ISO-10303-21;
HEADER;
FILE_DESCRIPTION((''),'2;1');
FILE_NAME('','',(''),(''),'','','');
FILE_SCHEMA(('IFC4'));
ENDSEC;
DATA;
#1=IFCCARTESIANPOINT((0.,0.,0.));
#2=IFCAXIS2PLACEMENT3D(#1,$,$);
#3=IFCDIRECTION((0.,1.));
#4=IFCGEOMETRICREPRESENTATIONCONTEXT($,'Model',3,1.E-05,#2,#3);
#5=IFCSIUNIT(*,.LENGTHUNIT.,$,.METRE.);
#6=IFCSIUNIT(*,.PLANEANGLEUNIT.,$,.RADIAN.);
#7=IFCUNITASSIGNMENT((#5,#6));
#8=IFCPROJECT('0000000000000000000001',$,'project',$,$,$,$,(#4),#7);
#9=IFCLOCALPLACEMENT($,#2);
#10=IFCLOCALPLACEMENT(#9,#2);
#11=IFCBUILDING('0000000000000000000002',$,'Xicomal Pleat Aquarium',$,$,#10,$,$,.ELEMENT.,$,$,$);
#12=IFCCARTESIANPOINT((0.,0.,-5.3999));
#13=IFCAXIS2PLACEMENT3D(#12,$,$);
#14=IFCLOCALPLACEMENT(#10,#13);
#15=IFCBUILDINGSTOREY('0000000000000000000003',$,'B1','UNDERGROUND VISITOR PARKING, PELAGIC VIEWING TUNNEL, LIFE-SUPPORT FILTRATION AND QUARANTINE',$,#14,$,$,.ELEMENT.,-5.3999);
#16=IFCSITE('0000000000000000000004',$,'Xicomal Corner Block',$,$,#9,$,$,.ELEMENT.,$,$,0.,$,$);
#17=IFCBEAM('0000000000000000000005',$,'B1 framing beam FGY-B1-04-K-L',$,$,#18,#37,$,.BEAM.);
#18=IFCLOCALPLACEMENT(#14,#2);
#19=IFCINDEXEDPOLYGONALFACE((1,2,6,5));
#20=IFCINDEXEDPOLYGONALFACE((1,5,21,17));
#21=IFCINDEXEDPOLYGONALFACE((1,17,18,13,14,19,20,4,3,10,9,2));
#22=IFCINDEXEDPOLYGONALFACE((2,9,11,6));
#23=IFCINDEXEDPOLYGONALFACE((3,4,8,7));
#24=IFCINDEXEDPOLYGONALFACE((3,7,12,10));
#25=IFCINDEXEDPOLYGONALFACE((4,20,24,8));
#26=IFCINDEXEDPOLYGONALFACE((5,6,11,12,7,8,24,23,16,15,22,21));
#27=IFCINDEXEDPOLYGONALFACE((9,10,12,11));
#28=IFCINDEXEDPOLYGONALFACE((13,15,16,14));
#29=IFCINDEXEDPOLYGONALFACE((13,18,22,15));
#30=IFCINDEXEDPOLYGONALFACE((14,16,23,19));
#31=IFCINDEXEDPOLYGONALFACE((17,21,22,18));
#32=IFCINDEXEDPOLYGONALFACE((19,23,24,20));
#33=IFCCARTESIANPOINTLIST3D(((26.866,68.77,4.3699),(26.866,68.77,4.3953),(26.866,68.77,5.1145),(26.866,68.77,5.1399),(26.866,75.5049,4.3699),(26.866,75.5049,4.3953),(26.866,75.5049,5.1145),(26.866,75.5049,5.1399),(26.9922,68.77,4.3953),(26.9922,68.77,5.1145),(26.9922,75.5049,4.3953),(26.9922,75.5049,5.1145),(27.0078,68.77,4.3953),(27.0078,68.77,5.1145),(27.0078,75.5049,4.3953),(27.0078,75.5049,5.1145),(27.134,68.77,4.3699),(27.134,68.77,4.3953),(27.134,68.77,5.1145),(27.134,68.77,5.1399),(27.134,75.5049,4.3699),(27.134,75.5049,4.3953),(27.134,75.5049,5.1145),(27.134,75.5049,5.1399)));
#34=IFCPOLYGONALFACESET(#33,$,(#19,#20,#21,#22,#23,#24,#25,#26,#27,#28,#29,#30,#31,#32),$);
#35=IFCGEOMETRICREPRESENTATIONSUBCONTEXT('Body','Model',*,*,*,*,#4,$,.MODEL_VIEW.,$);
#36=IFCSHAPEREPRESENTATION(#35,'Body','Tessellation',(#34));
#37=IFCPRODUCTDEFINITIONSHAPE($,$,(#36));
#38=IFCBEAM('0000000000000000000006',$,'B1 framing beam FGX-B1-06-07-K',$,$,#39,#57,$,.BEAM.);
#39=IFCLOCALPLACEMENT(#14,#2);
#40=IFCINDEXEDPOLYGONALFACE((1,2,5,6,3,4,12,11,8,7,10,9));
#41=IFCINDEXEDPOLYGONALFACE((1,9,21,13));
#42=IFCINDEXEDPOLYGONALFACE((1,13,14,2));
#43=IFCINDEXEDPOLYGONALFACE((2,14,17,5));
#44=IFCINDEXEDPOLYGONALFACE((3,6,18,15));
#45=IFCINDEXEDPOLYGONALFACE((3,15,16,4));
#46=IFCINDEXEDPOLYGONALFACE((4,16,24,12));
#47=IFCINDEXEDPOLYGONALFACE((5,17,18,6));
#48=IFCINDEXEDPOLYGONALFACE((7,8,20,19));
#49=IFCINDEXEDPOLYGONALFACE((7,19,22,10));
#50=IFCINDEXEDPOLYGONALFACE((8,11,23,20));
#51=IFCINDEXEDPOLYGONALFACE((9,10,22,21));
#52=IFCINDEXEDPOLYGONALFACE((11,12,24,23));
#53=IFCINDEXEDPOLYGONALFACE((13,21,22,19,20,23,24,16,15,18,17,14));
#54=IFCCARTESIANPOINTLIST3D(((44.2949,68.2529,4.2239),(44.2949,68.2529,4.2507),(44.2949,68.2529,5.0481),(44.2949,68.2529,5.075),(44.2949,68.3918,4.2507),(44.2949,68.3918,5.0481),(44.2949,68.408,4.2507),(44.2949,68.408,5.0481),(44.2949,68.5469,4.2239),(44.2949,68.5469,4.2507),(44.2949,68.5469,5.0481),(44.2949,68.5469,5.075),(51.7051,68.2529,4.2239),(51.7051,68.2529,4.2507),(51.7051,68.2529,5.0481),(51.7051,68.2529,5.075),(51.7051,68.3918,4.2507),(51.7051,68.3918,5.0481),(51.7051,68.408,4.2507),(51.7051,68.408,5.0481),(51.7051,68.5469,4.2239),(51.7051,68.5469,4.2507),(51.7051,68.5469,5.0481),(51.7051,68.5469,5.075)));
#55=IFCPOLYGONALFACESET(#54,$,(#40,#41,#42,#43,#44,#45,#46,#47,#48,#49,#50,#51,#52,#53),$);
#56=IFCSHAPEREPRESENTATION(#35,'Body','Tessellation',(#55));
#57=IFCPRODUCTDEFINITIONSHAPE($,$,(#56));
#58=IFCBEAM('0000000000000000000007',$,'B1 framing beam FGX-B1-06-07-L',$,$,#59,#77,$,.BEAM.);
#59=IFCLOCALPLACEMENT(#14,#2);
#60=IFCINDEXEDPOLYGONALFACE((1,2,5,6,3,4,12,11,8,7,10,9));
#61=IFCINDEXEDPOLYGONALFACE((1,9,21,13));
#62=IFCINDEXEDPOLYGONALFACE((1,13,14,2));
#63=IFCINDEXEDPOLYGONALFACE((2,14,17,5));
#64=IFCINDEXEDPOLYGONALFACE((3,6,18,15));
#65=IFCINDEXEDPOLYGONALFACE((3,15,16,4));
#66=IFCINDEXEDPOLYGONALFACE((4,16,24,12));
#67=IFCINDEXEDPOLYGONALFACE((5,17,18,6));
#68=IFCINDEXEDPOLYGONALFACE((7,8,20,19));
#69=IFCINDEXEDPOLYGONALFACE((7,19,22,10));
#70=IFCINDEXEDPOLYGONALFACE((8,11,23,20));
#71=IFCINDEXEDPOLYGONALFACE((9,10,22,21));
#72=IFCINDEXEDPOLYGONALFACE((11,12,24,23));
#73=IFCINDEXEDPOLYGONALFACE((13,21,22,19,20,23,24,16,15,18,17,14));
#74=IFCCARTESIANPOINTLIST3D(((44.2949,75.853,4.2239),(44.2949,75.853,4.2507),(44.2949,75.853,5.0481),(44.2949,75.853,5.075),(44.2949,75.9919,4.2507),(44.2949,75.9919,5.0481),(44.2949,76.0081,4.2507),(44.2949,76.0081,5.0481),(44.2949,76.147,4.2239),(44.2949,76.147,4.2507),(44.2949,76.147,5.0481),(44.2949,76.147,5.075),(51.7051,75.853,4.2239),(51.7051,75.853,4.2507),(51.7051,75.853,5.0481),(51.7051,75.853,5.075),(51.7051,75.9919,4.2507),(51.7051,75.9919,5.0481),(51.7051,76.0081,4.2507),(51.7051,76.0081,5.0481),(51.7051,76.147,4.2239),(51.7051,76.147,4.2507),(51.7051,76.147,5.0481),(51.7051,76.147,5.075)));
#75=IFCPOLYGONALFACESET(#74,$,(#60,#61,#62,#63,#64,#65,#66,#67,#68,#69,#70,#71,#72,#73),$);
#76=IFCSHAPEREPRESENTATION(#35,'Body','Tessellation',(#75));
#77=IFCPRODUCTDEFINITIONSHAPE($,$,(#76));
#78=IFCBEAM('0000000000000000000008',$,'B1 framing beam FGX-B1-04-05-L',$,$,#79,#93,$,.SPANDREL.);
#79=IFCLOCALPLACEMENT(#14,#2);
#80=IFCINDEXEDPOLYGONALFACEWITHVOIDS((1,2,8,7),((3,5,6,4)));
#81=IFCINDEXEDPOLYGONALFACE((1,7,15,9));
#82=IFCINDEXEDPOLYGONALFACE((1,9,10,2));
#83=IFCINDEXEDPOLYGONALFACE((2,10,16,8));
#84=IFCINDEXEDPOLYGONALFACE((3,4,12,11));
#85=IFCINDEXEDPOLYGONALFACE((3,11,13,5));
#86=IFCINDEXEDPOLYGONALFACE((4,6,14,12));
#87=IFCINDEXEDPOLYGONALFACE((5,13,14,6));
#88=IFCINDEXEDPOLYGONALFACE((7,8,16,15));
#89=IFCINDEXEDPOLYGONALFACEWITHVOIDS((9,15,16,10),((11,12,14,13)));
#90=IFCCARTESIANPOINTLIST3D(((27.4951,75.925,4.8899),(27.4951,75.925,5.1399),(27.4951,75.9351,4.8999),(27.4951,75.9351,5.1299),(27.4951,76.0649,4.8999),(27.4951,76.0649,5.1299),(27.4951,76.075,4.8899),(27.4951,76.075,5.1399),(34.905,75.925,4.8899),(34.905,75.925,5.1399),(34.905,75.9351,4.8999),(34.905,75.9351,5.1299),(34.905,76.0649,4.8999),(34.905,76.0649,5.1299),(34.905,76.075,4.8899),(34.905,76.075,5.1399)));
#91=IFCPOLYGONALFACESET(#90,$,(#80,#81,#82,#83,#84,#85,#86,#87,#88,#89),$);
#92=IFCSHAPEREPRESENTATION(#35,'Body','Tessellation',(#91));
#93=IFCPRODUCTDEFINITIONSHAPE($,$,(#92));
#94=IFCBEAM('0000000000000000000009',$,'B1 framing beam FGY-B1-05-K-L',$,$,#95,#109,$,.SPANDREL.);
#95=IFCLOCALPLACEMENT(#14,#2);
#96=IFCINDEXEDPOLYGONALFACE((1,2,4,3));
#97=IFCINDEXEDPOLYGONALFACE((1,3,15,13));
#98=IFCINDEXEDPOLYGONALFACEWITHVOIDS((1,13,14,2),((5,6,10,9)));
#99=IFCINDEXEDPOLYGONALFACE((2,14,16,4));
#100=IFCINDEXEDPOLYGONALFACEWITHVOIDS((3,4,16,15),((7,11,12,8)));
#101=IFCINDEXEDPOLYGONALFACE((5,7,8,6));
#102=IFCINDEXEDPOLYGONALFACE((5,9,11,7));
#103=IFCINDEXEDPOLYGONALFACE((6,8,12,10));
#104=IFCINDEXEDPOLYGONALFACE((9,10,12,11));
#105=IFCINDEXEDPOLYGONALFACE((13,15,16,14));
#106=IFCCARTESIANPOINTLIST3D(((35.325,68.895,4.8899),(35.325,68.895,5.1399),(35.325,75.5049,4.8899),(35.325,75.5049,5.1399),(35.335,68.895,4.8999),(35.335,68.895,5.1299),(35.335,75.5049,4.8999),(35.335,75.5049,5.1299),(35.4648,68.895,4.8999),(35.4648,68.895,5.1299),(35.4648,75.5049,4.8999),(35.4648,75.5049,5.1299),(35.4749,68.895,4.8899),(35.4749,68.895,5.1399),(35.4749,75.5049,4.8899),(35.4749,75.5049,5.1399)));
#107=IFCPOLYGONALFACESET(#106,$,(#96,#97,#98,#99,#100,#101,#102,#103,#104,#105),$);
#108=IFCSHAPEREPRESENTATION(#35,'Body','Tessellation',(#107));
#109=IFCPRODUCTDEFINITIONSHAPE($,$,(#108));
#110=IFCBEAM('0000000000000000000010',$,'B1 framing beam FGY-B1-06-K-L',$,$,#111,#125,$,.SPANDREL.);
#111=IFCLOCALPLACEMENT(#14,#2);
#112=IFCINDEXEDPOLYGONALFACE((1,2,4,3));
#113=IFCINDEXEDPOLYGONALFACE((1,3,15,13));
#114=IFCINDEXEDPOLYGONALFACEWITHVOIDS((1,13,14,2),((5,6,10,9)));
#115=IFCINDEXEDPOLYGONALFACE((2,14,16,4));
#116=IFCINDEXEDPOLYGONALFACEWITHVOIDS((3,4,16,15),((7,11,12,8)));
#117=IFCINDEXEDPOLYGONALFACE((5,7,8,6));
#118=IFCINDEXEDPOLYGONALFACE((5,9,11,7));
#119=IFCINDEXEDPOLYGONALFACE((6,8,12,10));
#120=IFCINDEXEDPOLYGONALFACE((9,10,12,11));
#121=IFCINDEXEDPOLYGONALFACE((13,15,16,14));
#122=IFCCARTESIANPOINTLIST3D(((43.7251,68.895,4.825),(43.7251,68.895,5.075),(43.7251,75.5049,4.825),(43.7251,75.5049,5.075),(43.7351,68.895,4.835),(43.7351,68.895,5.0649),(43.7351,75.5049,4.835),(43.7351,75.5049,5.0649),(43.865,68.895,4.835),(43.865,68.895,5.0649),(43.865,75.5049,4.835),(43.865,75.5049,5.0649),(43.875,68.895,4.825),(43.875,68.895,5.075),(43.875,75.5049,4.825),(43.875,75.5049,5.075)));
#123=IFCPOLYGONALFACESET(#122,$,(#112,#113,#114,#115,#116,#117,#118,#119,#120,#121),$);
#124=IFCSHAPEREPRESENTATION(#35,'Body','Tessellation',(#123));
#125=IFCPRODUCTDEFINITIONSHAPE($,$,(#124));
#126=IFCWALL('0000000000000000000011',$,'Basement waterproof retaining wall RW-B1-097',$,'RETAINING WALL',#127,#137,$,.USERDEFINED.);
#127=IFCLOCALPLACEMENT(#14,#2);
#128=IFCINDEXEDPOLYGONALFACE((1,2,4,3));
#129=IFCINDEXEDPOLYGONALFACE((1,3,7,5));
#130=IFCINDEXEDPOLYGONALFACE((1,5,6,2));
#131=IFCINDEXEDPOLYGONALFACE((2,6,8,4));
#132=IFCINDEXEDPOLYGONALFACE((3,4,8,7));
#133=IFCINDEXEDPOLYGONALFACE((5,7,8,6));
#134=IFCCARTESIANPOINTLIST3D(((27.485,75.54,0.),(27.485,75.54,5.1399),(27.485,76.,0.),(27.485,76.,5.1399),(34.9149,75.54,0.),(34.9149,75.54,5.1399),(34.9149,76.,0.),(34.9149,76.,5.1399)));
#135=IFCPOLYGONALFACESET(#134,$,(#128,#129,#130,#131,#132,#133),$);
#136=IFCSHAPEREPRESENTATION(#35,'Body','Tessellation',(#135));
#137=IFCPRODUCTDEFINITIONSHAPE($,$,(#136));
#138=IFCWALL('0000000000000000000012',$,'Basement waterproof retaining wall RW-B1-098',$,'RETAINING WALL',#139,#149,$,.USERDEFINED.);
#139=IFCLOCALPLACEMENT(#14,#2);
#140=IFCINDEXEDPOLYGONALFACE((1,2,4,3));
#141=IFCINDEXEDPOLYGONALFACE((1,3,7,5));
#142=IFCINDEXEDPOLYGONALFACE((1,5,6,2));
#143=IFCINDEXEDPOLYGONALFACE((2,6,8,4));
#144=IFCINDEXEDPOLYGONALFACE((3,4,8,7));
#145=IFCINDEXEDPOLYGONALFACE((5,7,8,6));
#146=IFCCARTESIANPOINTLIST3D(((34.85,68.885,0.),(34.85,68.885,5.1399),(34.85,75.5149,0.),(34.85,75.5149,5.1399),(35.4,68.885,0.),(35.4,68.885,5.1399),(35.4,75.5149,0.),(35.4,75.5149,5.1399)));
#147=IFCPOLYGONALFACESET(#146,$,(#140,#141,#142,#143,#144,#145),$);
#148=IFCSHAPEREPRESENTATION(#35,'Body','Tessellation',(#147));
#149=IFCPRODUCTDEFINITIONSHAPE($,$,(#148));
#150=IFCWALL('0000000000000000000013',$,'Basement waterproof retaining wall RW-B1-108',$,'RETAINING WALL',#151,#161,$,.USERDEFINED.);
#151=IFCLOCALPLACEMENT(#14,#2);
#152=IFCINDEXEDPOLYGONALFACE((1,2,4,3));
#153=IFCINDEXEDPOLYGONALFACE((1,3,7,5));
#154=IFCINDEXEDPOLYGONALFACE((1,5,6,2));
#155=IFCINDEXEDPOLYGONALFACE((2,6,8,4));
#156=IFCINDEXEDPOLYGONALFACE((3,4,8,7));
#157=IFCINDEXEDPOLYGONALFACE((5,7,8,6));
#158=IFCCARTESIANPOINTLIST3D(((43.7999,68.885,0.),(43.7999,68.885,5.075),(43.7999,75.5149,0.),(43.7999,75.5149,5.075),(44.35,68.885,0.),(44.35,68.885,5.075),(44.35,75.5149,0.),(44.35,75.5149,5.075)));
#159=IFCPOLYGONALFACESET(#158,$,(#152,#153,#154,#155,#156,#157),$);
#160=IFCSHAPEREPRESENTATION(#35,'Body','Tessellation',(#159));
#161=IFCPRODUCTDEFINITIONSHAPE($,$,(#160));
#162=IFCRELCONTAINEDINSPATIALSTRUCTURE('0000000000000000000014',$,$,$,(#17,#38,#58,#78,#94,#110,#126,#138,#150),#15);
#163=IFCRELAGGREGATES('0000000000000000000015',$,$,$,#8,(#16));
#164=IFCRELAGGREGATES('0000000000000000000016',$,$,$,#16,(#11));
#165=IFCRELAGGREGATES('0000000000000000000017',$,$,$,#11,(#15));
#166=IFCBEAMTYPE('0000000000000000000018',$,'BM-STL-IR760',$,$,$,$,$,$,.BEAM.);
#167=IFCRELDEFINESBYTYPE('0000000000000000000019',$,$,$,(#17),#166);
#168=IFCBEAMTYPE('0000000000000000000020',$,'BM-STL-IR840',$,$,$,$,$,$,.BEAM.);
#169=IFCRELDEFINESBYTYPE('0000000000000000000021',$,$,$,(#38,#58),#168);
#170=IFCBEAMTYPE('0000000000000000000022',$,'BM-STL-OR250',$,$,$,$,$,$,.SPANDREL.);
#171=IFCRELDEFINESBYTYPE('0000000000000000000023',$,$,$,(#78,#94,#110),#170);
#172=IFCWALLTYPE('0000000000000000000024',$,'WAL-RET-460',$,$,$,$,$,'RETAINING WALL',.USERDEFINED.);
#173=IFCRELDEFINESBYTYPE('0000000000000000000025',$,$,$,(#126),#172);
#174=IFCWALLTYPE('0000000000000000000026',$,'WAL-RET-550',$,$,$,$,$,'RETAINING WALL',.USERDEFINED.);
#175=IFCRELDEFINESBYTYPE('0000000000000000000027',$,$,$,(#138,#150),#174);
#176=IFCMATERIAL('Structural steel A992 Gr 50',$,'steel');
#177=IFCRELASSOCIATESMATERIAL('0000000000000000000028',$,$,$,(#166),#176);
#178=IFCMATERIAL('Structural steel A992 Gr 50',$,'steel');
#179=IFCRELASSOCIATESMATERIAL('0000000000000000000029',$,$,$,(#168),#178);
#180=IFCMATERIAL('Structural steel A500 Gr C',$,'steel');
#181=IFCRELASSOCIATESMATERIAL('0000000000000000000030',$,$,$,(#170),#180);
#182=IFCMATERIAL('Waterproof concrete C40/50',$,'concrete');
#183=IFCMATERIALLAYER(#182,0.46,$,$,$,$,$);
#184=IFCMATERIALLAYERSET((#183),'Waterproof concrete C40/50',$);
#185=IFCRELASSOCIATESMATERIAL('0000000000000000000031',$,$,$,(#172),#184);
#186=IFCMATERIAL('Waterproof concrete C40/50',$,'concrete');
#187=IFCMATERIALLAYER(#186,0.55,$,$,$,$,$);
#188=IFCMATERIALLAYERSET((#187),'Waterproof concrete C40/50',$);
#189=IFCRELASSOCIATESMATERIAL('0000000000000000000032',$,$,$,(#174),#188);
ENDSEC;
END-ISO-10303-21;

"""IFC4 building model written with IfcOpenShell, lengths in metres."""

from ifc_helpers import new_model, si_unit, direction, frame, frame_2d, origin, origin_2d, place, context, subcontext, project, spatial, rectangle, hollow_rectangle, i_section, extrude, material, layer, layer_set, material_profile, profile_set, type_object, element, save


model = new_model("IFC4")

# Units and contexts
model_context = context("Model", 3, precision=1e-05, world=origin(), true_north=direction((0.0, 1.0)))
body_context = subcontext(model_context, "Body", "Model", "MODEL_VIEW")
ifc_project = project(units=[si_unit("LENGTHUNIT", "METRE"), si_unit("PLANEANGLEUNIT", "RADIAN")], contexts=[model_context])

# Site, building, storey
site_placement = place(None, origin())
site = spatial("IfcSite", under=ifc_project, at=site_placement, Name="Xicomal Corner Block", CompositionType="ELEMENT", RefElevation=0.0)
building_placement = place(site_placement, origin())
building = spatial("IfcBuilding", under=site, at=building_placement, Name="Xicomal Pleat Aquarium", CompositionType="ELEMENT")
storey_placement = place(building_placement, frame((0.0, 0.0, -5.3999)))
storey = spatial("IfcBuildingStorey", under=building, at=storey_placement, Name="B1", Description="UNDERGROUND VISITOR PARKING, PELAGIC VIEWING TUNNEL, LIFE-SUPPORT FILTRATION AND QUARANTINE", CompositionType="ELEMENT", Elevation=-5.3999)

# Beams
ifc_material_1 = material(Name="Structural steel A992 Gr 50", Category="steel")
ifc_material_profile_1 = material_profile(ifc_material_1, i_section(OverallWidth=0.2681, OverallDepth=0.77, WebThickness=0.0156, FlangeThickness=0.0254, at=origin_2d()), Name="IR 760x196")
ifc_profile_set_1 = profile_set([ifc_material_profile_1], Name="Structural steel A992 Gr 50")
beam_type_1 = type_object("IfcBeamType", Name="BM-STL-IR760", PredefinedType="BEAM", material=ifc_profile_set_1)
beam_1_placement = place(storey_placement, frame((27.0, 68.77, 4.7549), z_axis=(0.0, 1.0, 0.0), x_axis=(-1.0, 0.0, 0.0)))
element("IfcBeam", 1, at=beam_1_placement, inside=storey, type_object=beam_type_1, Name="B1 framing beam FGY-B1-04-K-L", PredefinedType="BEAM", context=body_context, shape_type="SweptSolid", body=[
    extrude(i_section(OverallWidth=0.2681, OverallDepth=0.77, WebThickness=0.0156, FlangeThickness=0.0254, at=origin_2d()), origin(), (0.0, 0.0, 1.0), 6.7349),
])
ifc_material_2 = material(Name="Structural steel A992 Gr 50", Category="steel")
ifc_material_profile_2 = material_profile(ifc_material_2, i_section(OverallWidth=0.2939, OverallDepth=0.8511, WebThickness=0.0161, FlangeThickness=0.0269, at=origin_2d()), Name="IR 840x226")
ifc_profile_set_2 = profile_set([ifc_material_profile_2], Name="Structural steel A992 Gr 50")
beam_type_2 = type_object("IfcBeamType", Name="BM-STL-IR840", PredefinedType="BEAM", material=ifc_profile_set_2)
for number, where, z_axis, x_axis, name in (
    (2, (44.2949, 68.3999, 4.6494), (1.0, 0.0, 0.0), (0.0, 1.0, 0.0), "B1 framing beam FGX-B1-06-07-K"),
    (3, (44.2949, 76.0, 4.6494), (1.0, 0.0, 0.0), (0.0, 1.0, 0.0), "B1 framing beam FGX-B1-06-07-L"),
):
    element("IfcBeam", number, at=place(storey_placement, frame(where, z_axis=z_axis, x_axis=x_axis)), inside=storey, type_object=beam_type_2, Name=name, PredefinedType="BEAM", context=body_context, shape_type="SweptSolid", body=[
        extrude(i_section(OverallWidth=0.2939, OverallDepth=0.8511, WebThickness=0.0161, FlangeThickness=0.0269, at=origin_2d()), origin(), (0.0, 0.0, 1.0), 7.4102),
    ])
ifc_material_3 = material(Name="Structural steel A500 Gr C", Category="steel")
ifc_material_profile_3 = material_profile(ifc_material_3, hollow_rectangle(XDim=0.1499, YDim=0.25, WallThickness=0.01, at=origin_2d()), Name="OR 250x150x10")
ifc_profile_set_3 = profile_set([ifc_material_profile_3], Name="Structural steel A500 Gr C")
beam_type_3 = type_object("IfcBeamType", Name="BM-STL-OR250", PredefinedType="SPANDREL", material=ifc_profile_set_3)
beam_2_placement = place(storey_placement, frame((27.4951, 76.0, 5.0149), z_axis=(1.0, 0.0, 0.0), x_axis=(0.0, 1.0, 0.0)))
element("IfcBeam", 4, at=beam_2_placement, inside=storey, type_object=beam_type_3, Name="B1 framing beam FGX-B1-04-05-L", PredefinedType="SPANDREL", context=body_context, shape_type="SweptSolid", body=[
    extrude(hollow_rectangle(XDim=0.1499, YDim=0.25, WallThickness=0.01, at=origin_2d()), origin(), (0.0, 0.0, 1.0), 7.4099),
])
for number, where, z_axis, x_axis, name in (
    (5, (35.3999, 68.895, 5.0149), (0.0, 1.0, 0.0), (-1.0, 0.0, 0.0), "B1 framing beam FGY-B1-05-K-L"),
    (6, (43.8, 68.895, 4.95), (0.0, 1.0, 0.0), (-1.0, 0.0, 0.0), "B1 framing beam FGY-B1-06-K-L"),
):
    element("IfcBeam", number, at=place(storey_placement, frame(where, z_axis=z_axis, x_axis=x_axis)), inside=storey, type_object=beam_type_3, Name=name, PredefinedType="SPANDREL", context=body_context, shape_type="SweptSolid", body=[
        extrude(hollow_rectangle(XDim=0.1499, YDim=0.25, WallThickness=0.01, at=origin_2d()), origin(), (0.0, 0.0, 1.0), 6.6099),
    ])

# Walls
ifc_material_4 = material(Name="Waterproof concrete C40/50", Category="concrete")
ifc_layer_1 = layer(ifc_material_4, 0.46)
ifc_layer_set_1 = layer_set([ifc_layer_1], Name="Waterproof concrete C40/50")
wall_type_1 = type_object("IfcWallType", Name="WAL-RET-460", ElementType="RETAINING WALL", PredefinedType="USERDEFINED", material=ifc_layer_set_1)
wall_1_placement = place(storey_placement, frame((27.4851, 75.77, 0.0), z_axis=(0.0, 0.0, 1.0), x_axis=(1.0, 0.0, 0.0)))
element("IfcWall", 7, at=wall_1_placement, inside=storey, type_object=wall_type_1, Name="Basement waterproof retaining wall RW-B1-097", ObjectType="RETAINING WALL", PredefinedType="USERDEFINED", context=body_context, shape_type="SweptSolid", body=[
    extrude(rectangle(XDim=7.4299, YDim=0.46, at=frame_2d((3.7148, 0.0))), origin(), (0.0, 0.0, 1.0), 5.1399),
])
ifc_material_5 = material(Name="Waterproof concrete C40/50", Category="concrete")
ifc_layer_2 = layer(ifc_material_5, 0.55)
ifc_layer_set_2 = layer_set([ifc_layer_2], Name="Waterproof concrete C40/50")
wall_type_2 = type_object("IfcWallType", Name="WAL-RET-550", ElementType="RETAINING WALL", PredefinedType="USERDEFINED", material=ifc_layer_set_2)
wall_2_placement = place(storey_placement, frame((35.125, 75.5149, 0.0), z_axis=(0.0, 0.0, 1.0), x_axis=(0.0, -1.0, 0.0)))
element("IfcWall", 8, at=wall_2_placement, inside=storey, type_object=wall_type_2, Name="Basement waterproof retaining wall RW-B1-098", ObjectType="RETAINING WALL", PredefinedType="USERDEFINED", context=body_context, shape_type="SweptSolid", body=[
    extrude(rectangle(XDim=6.6299, YDim=0.55, at=frame_2d((3.3149, 0.0))), origin(), (0.0, 0.0, 1.0), 5.1399),
])
wall_3_placement = place(storey_placement, frame((44.075, 68.885, 0.0), z_axis=(0.0, 0.0, 1.0), x_axis=(0.0, 1.0, 0.0)))
element("IfcWall", 9, at=wall_3_placement, inside=storey, type_object=wall_type_2, Name="Basement waterproof retaining wall RW-B1-108", ObjectType="RETAINING WALL", PredefinedType="USERDEFINED", context=body_context, shape_type="SweptSolid", body=[
    extrude(rectangle(XDim=6.6299, YDim=0.55, at=frame_2d((3.3149, 0.0))), origin(), (0.0, 0.0, 1.0), 5.075),
])

save(model, "model.ifc")
